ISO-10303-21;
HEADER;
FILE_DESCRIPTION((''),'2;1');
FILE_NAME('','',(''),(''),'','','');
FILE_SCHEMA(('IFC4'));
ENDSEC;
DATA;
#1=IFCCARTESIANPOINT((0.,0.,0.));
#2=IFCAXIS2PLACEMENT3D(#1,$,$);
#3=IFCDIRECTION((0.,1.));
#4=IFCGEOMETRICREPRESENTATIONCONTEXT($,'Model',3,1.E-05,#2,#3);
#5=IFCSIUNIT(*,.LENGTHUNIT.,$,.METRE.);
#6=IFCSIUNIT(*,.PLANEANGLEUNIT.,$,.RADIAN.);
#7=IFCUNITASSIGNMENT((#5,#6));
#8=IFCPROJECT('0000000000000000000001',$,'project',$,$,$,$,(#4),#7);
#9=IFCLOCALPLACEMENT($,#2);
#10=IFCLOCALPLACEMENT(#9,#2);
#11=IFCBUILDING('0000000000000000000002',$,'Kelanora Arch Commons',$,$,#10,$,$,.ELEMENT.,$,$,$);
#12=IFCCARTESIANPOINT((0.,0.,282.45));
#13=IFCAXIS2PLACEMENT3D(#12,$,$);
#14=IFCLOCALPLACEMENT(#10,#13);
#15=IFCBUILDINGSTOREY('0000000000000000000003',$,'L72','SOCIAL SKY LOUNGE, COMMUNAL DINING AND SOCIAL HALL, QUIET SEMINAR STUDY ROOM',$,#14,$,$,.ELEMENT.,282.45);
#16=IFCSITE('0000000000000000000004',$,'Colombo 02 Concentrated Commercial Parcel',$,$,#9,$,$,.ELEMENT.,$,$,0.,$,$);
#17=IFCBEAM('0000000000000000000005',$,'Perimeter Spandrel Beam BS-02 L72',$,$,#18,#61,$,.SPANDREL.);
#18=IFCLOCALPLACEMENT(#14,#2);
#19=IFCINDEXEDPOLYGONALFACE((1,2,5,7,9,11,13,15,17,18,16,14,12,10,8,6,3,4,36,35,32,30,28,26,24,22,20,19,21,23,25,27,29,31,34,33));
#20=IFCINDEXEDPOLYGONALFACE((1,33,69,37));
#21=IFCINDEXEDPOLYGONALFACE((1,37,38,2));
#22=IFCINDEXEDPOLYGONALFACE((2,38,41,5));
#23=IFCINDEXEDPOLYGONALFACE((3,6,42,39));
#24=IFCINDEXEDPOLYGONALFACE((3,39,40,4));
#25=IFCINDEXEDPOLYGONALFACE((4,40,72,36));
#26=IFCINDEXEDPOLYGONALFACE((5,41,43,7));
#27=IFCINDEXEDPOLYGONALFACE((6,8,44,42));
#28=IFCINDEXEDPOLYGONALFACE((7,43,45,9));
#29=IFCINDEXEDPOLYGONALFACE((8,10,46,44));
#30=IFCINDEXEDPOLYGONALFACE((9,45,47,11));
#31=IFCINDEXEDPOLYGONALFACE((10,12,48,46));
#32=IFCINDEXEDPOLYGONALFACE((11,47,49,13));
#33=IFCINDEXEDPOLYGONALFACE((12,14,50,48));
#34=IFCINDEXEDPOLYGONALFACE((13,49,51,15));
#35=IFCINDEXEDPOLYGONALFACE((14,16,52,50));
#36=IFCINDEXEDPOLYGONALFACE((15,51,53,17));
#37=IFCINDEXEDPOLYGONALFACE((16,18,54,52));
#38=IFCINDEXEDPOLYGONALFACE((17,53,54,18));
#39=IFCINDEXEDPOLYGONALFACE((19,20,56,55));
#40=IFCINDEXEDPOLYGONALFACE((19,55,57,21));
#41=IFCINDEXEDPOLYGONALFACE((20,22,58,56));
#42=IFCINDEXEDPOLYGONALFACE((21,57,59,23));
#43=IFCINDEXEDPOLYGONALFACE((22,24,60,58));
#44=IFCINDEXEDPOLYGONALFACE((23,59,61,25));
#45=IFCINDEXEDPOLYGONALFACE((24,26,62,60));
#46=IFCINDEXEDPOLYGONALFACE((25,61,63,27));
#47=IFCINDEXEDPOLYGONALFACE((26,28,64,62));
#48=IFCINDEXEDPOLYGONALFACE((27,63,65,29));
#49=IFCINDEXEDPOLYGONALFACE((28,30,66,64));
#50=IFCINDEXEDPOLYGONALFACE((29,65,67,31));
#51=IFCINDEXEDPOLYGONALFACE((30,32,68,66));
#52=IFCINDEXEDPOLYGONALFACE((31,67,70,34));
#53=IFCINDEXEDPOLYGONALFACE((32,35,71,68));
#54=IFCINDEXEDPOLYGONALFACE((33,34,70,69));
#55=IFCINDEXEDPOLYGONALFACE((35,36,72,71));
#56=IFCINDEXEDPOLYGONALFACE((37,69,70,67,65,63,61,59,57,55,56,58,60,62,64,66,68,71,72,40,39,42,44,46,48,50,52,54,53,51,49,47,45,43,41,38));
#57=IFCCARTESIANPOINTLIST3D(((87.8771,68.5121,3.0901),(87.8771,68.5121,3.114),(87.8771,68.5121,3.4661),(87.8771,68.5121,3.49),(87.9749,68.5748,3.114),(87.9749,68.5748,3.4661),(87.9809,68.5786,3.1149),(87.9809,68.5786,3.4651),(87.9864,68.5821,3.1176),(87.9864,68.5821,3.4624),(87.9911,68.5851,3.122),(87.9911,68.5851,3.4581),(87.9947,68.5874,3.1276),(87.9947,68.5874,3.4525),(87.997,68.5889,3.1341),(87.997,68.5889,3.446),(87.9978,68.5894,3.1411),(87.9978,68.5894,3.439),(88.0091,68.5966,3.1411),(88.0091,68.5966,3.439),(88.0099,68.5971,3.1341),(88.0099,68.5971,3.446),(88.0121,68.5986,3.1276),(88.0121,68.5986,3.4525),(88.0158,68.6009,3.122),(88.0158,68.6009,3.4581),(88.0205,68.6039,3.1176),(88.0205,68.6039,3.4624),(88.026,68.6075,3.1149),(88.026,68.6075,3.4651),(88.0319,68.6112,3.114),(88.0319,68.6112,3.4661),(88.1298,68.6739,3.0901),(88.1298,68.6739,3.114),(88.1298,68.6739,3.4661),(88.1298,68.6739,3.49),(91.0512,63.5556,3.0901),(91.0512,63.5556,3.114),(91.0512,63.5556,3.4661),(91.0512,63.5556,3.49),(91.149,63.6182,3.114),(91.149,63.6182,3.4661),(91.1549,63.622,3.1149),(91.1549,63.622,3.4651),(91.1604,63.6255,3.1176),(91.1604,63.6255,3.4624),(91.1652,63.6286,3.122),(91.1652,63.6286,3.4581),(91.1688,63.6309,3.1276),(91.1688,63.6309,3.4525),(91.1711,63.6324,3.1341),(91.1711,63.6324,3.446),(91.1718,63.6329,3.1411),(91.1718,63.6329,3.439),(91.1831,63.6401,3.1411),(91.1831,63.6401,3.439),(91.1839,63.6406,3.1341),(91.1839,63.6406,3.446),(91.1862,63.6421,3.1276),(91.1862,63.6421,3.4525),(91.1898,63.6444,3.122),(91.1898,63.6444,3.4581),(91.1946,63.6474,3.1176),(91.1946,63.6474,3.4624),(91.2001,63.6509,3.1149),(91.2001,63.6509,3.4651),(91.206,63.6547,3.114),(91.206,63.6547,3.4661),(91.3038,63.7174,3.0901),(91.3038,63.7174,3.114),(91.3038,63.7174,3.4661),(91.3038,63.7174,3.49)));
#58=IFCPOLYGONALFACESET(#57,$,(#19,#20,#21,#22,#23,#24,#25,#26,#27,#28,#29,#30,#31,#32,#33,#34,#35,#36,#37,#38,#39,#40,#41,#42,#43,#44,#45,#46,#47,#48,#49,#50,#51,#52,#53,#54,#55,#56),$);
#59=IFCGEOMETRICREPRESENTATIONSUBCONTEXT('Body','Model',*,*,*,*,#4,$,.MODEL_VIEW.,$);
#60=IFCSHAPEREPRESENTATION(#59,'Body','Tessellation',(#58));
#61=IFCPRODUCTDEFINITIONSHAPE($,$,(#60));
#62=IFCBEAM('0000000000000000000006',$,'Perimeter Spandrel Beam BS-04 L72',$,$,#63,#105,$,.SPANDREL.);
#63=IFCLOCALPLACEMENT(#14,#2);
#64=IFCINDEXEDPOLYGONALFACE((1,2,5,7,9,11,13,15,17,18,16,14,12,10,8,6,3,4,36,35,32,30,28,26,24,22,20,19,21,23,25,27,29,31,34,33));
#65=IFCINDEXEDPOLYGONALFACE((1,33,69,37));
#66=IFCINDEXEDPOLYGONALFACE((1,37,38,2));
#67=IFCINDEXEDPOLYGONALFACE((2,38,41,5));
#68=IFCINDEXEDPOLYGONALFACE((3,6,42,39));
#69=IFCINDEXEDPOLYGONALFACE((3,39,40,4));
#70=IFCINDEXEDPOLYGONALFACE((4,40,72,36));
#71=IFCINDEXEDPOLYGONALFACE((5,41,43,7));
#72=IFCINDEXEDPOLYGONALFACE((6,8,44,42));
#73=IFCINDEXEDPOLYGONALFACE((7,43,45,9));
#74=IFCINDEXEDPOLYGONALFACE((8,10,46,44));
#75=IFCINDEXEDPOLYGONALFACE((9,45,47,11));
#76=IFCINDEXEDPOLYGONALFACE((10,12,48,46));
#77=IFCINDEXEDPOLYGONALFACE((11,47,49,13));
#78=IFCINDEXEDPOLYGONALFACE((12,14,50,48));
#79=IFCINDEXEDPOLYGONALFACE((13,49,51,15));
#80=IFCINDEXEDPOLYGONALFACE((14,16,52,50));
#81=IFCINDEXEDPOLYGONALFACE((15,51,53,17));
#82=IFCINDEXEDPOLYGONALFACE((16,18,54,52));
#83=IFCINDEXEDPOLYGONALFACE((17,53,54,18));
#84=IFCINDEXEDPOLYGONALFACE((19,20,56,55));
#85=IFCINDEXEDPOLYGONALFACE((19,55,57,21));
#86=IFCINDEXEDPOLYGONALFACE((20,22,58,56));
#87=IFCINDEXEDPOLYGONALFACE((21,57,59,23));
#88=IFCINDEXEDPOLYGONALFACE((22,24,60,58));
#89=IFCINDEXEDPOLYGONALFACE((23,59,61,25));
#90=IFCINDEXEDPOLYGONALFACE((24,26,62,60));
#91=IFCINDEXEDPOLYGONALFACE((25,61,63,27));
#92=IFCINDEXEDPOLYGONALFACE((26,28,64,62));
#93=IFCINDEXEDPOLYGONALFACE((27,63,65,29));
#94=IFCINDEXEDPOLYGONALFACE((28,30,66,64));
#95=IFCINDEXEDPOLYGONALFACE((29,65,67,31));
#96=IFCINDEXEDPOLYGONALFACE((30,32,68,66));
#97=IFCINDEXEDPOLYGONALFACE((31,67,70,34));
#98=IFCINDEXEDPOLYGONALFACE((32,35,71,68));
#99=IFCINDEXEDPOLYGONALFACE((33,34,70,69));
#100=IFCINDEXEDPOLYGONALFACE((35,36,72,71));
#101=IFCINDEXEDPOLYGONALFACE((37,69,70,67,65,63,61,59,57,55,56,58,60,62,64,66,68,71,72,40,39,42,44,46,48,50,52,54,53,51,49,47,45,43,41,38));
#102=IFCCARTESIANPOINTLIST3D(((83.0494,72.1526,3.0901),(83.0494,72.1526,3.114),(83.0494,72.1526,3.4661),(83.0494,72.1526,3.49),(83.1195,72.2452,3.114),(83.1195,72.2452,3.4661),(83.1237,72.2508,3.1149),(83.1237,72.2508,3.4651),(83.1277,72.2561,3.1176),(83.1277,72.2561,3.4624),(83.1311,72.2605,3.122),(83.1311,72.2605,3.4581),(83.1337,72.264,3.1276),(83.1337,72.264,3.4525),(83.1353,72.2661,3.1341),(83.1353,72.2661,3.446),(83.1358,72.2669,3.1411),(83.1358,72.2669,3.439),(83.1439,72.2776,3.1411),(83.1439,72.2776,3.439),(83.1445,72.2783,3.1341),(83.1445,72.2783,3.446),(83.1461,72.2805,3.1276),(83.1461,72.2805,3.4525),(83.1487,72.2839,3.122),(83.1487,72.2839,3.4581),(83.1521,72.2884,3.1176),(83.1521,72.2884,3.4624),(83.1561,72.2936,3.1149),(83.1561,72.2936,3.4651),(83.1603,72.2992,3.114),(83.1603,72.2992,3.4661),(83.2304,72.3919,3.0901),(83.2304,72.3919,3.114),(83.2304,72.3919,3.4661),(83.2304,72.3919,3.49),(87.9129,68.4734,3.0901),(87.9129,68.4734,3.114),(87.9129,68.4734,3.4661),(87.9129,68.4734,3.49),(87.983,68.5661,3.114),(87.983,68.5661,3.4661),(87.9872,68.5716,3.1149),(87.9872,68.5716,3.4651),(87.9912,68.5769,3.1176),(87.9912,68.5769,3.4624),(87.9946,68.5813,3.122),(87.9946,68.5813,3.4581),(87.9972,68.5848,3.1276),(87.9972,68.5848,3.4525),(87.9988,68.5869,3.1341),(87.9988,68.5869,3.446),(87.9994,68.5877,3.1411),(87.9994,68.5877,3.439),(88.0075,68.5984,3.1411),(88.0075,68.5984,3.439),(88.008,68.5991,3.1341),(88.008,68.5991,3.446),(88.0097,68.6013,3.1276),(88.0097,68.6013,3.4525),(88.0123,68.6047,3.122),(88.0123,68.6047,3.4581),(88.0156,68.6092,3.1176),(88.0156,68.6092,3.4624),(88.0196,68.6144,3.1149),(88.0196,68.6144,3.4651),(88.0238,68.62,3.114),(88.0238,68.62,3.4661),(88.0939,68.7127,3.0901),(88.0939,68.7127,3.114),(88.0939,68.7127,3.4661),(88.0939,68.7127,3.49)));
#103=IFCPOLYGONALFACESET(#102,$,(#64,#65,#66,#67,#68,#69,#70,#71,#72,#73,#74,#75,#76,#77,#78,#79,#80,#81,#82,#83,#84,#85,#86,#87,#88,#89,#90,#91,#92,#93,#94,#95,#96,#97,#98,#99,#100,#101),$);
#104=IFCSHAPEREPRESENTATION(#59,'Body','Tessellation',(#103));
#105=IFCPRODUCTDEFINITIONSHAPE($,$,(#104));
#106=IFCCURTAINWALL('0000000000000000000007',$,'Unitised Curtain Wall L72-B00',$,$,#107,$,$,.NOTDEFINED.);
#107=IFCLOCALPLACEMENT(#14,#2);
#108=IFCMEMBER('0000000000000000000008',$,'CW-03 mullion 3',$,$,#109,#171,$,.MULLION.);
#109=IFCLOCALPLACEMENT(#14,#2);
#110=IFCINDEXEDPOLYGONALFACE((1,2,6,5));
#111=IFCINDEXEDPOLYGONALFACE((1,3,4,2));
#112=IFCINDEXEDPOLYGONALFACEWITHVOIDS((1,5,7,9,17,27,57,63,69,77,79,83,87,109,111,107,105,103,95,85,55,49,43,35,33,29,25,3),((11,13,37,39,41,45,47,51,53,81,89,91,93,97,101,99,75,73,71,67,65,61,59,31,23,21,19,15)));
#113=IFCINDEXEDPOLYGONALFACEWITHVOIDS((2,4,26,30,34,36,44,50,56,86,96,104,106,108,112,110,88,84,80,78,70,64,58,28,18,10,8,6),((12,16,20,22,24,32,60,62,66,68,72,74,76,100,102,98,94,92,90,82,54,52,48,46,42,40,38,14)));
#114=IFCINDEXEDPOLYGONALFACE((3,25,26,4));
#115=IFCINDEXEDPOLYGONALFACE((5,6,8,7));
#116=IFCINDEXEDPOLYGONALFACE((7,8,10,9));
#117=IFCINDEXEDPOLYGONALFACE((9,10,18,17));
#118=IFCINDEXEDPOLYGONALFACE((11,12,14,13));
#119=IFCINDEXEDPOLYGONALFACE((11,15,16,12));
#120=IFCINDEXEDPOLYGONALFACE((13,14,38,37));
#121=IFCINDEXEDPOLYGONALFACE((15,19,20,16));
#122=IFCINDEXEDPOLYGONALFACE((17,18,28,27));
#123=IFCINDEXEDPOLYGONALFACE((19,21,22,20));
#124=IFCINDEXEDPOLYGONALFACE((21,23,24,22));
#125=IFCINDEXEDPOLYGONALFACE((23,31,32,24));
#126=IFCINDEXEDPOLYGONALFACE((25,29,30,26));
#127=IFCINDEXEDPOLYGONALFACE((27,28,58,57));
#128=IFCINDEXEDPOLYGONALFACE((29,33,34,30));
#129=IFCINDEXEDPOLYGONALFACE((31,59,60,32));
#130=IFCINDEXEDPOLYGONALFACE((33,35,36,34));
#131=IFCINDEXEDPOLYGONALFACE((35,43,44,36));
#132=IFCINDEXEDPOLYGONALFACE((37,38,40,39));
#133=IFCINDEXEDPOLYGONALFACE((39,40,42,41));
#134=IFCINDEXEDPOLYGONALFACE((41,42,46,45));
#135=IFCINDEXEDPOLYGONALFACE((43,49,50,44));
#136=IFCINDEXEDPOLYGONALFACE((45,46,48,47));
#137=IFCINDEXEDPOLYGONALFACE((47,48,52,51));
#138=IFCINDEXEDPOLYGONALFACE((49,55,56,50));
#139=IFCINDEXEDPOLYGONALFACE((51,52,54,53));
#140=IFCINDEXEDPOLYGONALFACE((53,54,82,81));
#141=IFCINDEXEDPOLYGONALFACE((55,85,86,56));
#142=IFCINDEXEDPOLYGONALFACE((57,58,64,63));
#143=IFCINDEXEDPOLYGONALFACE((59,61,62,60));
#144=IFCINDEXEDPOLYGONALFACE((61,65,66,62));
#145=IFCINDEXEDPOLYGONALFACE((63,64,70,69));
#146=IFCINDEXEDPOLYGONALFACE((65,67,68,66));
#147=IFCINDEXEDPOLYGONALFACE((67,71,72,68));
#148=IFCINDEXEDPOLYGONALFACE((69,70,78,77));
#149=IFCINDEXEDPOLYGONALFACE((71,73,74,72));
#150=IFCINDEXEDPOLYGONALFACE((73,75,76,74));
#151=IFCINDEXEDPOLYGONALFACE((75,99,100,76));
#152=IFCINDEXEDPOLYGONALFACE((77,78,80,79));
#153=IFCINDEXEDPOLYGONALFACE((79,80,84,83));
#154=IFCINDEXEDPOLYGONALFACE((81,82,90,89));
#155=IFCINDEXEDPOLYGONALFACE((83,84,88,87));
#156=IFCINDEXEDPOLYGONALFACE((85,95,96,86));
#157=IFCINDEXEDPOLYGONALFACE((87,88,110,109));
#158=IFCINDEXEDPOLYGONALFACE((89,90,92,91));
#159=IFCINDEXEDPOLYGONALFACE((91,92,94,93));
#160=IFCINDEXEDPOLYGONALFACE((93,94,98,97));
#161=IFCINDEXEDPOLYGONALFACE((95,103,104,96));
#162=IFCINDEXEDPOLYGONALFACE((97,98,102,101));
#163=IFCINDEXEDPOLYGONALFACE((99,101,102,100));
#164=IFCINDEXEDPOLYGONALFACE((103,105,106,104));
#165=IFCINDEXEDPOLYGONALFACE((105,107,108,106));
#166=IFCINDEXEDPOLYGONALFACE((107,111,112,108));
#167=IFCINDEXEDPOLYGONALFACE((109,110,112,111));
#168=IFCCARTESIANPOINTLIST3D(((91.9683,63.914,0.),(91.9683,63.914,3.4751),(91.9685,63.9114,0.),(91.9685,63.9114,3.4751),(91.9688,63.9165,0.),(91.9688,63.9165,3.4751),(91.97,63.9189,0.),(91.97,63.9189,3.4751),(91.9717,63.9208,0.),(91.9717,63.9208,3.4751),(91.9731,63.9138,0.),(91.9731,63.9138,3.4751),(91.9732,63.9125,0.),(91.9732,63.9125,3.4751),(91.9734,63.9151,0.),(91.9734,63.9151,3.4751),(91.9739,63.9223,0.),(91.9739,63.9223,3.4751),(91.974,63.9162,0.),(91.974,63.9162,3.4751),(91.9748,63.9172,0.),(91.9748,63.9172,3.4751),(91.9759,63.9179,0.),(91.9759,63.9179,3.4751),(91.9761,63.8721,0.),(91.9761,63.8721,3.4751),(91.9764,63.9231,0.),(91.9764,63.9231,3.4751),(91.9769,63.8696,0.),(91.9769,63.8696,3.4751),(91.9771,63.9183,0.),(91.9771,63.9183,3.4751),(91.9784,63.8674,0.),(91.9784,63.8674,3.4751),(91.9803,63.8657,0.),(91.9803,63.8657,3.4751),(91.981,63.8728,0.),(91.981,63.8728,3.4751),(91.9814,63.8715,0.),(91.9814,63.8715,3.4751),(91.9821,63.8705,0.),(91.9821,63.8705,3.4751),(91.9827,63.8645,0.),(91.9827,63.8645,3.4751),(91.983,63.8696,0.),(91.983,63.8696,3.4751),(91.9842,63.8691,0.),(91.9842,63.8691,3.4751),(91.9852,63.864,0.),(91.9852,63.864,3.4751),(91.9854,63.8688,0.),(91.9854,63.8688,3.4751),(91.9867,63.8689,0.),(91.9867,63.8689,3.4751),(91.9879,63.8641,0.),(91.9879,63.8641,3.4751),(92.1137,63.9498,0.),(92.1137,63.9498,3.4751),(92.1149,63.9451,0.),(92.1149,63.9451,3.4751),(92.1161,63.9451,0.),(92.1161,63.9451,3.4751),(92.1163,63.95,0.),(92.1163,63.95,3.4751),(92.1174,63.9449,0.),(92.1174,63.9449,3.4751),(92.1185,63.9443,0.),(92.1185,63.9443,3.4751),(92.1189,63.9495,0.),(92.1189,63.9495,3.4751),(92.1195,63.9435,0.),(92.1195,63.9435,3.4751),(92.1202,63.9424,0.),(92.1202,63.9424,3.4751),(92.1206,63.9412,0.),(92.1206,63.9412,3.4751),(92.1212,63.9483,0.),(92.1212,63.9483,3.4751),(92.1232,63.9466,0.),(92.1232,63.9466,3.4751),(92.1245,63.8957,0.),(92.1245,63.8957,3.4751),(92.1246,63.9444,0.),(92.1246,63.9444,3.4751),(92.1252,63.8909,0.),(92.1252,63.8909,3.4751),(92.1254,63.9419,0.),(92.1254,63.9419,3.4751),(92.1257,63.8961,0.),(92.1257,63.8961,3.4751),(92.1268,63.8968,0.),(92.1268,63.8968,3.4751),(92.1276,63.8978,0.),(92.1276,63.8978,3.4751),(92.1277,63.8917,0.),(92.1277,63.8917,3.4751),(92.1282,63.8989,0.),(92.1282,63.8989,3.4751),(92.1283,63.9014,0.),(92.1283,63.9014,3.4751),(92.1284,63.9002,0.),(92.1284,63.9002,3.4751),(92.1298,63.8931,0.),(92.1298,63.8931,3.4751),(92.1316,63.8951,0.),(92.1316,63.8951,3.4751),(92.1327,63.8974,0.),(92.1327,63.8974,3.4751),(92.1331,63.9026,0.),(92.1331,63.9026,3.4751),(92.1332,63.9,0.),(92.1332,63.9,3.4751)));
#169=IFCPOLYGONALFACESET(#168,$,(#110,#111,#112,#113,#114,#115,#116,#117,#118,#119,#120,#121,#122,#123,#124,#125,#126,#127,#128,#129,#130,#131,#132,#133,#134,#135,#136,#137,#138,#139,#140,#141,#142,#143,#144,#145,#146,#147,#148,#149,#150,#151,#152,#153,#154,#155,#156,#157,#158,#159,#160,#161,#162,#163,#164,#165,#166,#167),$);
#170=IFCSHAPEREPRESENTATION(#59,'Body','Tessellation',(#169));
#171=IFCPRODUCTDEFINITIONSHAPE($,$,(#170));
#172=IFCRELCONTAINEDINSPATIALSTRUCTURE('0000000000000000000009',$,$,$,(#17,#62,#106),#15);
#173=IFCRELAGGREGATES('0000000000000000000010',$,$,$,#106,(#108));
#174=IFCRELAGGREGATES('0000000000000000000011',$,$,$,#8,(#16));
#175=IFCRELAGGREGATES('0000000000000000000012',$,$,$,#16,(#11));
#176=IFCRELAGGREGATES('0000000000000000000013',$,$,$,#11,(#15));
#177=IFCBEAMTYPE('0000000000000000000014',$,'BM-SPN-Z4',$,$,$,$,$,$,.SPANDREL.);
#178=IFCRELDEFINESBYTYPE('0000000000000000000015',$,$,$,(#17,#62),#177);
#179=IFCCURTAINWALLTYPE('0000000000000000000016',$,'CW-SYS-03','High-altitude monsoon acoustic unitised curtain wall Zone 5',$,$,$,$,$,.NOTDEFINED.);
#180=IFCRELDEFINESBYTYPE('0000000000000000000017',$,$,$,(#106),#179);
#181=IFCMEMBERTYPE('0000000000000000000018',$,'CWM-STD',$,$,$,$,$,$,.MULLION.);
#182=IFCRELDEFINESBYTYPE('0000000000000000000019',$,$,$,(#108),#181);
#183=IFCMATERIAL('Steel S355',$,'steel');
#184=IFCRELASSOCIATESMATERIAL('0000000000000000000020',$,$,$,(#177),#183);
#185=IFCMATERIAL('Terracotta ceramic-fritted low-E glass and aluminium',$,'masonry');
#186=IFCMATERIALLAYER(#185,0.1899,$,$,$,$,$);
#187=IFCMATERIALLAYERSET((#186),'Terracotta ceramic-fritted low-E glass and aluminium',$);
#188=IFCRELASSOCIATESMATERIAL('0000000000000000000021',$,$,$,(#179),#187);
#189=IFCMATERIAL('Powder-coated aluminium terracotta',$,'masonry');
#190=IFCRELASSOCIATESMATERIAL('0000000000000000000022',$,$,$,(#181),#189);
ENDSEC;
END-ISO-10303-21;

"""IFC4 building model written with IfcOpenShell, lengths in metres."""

from ifc_helpers import new_model, si_unit, direction, frame, origin, origin_2d, place, context, subcontext, project, spatial, hollow_rectangle, i_section, extrude, material, layer, layer_set, material_profile, profile_set, type_object, element, aggregate, save


model = new_model("IFC4")

# Units and contexts
model_context = context("Model", 3, precision=1e-05, world=origin(), true_north=direction((0.0, 1.0)))
body_context = subcontext(model_context, "Body", "Model", "MODEL_VIEW")
ifc_project = project(units=[si_unit("LENGTHUNIT", "METRE"), si_unit("PLANEANGLEUNIT", "RADIAN")], contexts=[model_context])

# Site, building, storey
site_placement = place(None, origin())
site = spatial("IfcSite", under=ifc_project, at=site_placement, Name="Colombo 02 Concentrated Commercial Parcel", CompositionType="ELEMENT", RefElevation=0.0)
building_placement = place(site_placement, origin())
building = spatial("IfcBuilding", under=site, at=building_placement, Name="Kelanora Arch Commons", CompositionType="ELEMENT")
storey_placement = place(building_placement, frame((0.0, 0.0, 282.45)))
storey = spatial("IfcBuildingStorey", under=building, at=storey_placement, Name="L72", Description="SOCIAL SKY LOUNGE, COMMUNAL DINING AND SOCIAL HALL, QUIET SEMINAR STUDY ROOM", CompositionType="ELEMENT", Elevation=282.45)

# Beams
ifc_material_1 = material(Name="Steel S355", Category="steel")
ifc_material_profile_1 = material_profile(ifc_material_1, i_section(OverallWidth=0.3, OverallDepth=0.3999, WebThickness=0.0134, FlangeThickness=0.0239, FilletRadius=0.0271, at=origin_2d()), Name="HEB400")
ifc_profile_set_1 = profile_set([ifc_material_profile_1], Name="Steel S355")
beam_type_1 = type_object("IfcBeamType", Name="BM-SPN-Z4", PredefinedType="SPANDREL", material=ifc_profile_set_1)
beam_1_placement = place(storey_placement, frame((91.1775, 63.6365, 3.29), z_axis=(-0.539281, 0.842126, 0.0), x_axis=(-0.842126, -0.539281, 0.0)))
element("IfcBeam", 1, at=beam_1_placement, inside=storey, type_object=beam_type_1, Name="Perimeter Spandrel Beam BS-02 L72", PredefinedType="SPANDREL", context=body_context, shape_type="SweptSolid", body=[
    extrude(i_section(OverallWidth=0.3, OverallDepth=0.3999, WebThickness=0.0134, FlangeThickness=0.0239, FilletRadius=0.0271, at=origin_2d()), origin(), (0.0, 0.0, 1.0), 5.8857),
])
beam_2_placement = place(storey_placement, frame((88.0034, 68.593, 3.29), z_axis=(-0.797509, 0.603306, 0.0), x_axis=(-0.603306, -0.797509, 0.0)))
element("IfcBeam", 2, at=beam_2_placement, inside=storey, type_object=beam_type_1, Name="Perimeter Spandrel Beam BS-04 L72", PredefinedType="SPANDREL", context=body_context, shape_type="SweptSolid", body=[
    extrude(i_section(OverallWidth=0.3, OverallDepth=0.3999, WebThickness=0.0134, FlangeThickness=0.0239, FilletRadius=0.0271, at=origin_2d()), origin(), (0.0, 0.0, 1.0), 6.0984),
])

# Curtain wall, member
ifc_material_2 = material(Name="Terracotta ceramic-fritted low-E glass and aluminium", Category="masonry")
ifc_layer_1 = layer(ifc_material_2, 0.1899)
ifc_layer_set_1 = layer_set([ifc_layer_1], Name="Terracotta ceramic-fritted low-E glass and aluminium")
curtain_wall_type = type_object("IfcCurtainWallType", Name="CW-SYS-03", Description="High-altitude monsoon acoustic unitised curtain wall Zone 5", PredefinedType="NOTDEFINED", material=ifc_layer_set_1)
curtain_wall_1_placement = place(storey_placement, origin())
curtain_wall_1 = element("IfcCurtainWall", 3, at=curtain_wall_1_placement, inside=storey, type_object=curtain_wall_type, Name="Unitised Curtain Wall L72-B00", PredefinedType="NOTDEFINED")
ifc_material_3 = material(Name="Powder-coated aluminium terracotta", Category="masonry")
ifc_material_profile_2 = material_profile(ifc_material_3, hollow_rectangle(XDim=0.1599, YDim=0.0601, WallThickness=0.0049, InnerFilletRadius=0.0049, OuterFilletRadius=0.01, at=origin_2d()), Name="CWM160x60")
ifc_profile_set_2 = profile_set([ifc_material_profile_2], Name="Powder-coated aluminium terracotta")
member_type_1 = type_object("IfcMemberType", Name="CWM-STD", PredefinedType="MULLION", material=ifc_profile_set_2)
member_1_placement = place(storey_placement, frame((92.0508, 63.907, 0.0), z_axis=(0.0, 0.0, 1.0), x_axis=(-0.981596, -0.190972, 0.0)))
member_1 = element("IfcMember", 4, at=member_1_placement, type_object=member_type_1, Name="CW-03 mullion 3", PredefinedType="MULLION", context=body_context, shape_type="SweptSolid", body=[
    extrude(hollow_rectangle(XDim=0.1599, YDim=0.0601, WallThickness=0.0049, InnerFilletRadius=0.0049, OuterFilletRadius=0.01, at=origin_2d()), origin(), (0.0, 0.0, 1.0), 3.4751),
])
aggregate(curtain_wall_1, [member_1])

save(model, "model.ifc")
